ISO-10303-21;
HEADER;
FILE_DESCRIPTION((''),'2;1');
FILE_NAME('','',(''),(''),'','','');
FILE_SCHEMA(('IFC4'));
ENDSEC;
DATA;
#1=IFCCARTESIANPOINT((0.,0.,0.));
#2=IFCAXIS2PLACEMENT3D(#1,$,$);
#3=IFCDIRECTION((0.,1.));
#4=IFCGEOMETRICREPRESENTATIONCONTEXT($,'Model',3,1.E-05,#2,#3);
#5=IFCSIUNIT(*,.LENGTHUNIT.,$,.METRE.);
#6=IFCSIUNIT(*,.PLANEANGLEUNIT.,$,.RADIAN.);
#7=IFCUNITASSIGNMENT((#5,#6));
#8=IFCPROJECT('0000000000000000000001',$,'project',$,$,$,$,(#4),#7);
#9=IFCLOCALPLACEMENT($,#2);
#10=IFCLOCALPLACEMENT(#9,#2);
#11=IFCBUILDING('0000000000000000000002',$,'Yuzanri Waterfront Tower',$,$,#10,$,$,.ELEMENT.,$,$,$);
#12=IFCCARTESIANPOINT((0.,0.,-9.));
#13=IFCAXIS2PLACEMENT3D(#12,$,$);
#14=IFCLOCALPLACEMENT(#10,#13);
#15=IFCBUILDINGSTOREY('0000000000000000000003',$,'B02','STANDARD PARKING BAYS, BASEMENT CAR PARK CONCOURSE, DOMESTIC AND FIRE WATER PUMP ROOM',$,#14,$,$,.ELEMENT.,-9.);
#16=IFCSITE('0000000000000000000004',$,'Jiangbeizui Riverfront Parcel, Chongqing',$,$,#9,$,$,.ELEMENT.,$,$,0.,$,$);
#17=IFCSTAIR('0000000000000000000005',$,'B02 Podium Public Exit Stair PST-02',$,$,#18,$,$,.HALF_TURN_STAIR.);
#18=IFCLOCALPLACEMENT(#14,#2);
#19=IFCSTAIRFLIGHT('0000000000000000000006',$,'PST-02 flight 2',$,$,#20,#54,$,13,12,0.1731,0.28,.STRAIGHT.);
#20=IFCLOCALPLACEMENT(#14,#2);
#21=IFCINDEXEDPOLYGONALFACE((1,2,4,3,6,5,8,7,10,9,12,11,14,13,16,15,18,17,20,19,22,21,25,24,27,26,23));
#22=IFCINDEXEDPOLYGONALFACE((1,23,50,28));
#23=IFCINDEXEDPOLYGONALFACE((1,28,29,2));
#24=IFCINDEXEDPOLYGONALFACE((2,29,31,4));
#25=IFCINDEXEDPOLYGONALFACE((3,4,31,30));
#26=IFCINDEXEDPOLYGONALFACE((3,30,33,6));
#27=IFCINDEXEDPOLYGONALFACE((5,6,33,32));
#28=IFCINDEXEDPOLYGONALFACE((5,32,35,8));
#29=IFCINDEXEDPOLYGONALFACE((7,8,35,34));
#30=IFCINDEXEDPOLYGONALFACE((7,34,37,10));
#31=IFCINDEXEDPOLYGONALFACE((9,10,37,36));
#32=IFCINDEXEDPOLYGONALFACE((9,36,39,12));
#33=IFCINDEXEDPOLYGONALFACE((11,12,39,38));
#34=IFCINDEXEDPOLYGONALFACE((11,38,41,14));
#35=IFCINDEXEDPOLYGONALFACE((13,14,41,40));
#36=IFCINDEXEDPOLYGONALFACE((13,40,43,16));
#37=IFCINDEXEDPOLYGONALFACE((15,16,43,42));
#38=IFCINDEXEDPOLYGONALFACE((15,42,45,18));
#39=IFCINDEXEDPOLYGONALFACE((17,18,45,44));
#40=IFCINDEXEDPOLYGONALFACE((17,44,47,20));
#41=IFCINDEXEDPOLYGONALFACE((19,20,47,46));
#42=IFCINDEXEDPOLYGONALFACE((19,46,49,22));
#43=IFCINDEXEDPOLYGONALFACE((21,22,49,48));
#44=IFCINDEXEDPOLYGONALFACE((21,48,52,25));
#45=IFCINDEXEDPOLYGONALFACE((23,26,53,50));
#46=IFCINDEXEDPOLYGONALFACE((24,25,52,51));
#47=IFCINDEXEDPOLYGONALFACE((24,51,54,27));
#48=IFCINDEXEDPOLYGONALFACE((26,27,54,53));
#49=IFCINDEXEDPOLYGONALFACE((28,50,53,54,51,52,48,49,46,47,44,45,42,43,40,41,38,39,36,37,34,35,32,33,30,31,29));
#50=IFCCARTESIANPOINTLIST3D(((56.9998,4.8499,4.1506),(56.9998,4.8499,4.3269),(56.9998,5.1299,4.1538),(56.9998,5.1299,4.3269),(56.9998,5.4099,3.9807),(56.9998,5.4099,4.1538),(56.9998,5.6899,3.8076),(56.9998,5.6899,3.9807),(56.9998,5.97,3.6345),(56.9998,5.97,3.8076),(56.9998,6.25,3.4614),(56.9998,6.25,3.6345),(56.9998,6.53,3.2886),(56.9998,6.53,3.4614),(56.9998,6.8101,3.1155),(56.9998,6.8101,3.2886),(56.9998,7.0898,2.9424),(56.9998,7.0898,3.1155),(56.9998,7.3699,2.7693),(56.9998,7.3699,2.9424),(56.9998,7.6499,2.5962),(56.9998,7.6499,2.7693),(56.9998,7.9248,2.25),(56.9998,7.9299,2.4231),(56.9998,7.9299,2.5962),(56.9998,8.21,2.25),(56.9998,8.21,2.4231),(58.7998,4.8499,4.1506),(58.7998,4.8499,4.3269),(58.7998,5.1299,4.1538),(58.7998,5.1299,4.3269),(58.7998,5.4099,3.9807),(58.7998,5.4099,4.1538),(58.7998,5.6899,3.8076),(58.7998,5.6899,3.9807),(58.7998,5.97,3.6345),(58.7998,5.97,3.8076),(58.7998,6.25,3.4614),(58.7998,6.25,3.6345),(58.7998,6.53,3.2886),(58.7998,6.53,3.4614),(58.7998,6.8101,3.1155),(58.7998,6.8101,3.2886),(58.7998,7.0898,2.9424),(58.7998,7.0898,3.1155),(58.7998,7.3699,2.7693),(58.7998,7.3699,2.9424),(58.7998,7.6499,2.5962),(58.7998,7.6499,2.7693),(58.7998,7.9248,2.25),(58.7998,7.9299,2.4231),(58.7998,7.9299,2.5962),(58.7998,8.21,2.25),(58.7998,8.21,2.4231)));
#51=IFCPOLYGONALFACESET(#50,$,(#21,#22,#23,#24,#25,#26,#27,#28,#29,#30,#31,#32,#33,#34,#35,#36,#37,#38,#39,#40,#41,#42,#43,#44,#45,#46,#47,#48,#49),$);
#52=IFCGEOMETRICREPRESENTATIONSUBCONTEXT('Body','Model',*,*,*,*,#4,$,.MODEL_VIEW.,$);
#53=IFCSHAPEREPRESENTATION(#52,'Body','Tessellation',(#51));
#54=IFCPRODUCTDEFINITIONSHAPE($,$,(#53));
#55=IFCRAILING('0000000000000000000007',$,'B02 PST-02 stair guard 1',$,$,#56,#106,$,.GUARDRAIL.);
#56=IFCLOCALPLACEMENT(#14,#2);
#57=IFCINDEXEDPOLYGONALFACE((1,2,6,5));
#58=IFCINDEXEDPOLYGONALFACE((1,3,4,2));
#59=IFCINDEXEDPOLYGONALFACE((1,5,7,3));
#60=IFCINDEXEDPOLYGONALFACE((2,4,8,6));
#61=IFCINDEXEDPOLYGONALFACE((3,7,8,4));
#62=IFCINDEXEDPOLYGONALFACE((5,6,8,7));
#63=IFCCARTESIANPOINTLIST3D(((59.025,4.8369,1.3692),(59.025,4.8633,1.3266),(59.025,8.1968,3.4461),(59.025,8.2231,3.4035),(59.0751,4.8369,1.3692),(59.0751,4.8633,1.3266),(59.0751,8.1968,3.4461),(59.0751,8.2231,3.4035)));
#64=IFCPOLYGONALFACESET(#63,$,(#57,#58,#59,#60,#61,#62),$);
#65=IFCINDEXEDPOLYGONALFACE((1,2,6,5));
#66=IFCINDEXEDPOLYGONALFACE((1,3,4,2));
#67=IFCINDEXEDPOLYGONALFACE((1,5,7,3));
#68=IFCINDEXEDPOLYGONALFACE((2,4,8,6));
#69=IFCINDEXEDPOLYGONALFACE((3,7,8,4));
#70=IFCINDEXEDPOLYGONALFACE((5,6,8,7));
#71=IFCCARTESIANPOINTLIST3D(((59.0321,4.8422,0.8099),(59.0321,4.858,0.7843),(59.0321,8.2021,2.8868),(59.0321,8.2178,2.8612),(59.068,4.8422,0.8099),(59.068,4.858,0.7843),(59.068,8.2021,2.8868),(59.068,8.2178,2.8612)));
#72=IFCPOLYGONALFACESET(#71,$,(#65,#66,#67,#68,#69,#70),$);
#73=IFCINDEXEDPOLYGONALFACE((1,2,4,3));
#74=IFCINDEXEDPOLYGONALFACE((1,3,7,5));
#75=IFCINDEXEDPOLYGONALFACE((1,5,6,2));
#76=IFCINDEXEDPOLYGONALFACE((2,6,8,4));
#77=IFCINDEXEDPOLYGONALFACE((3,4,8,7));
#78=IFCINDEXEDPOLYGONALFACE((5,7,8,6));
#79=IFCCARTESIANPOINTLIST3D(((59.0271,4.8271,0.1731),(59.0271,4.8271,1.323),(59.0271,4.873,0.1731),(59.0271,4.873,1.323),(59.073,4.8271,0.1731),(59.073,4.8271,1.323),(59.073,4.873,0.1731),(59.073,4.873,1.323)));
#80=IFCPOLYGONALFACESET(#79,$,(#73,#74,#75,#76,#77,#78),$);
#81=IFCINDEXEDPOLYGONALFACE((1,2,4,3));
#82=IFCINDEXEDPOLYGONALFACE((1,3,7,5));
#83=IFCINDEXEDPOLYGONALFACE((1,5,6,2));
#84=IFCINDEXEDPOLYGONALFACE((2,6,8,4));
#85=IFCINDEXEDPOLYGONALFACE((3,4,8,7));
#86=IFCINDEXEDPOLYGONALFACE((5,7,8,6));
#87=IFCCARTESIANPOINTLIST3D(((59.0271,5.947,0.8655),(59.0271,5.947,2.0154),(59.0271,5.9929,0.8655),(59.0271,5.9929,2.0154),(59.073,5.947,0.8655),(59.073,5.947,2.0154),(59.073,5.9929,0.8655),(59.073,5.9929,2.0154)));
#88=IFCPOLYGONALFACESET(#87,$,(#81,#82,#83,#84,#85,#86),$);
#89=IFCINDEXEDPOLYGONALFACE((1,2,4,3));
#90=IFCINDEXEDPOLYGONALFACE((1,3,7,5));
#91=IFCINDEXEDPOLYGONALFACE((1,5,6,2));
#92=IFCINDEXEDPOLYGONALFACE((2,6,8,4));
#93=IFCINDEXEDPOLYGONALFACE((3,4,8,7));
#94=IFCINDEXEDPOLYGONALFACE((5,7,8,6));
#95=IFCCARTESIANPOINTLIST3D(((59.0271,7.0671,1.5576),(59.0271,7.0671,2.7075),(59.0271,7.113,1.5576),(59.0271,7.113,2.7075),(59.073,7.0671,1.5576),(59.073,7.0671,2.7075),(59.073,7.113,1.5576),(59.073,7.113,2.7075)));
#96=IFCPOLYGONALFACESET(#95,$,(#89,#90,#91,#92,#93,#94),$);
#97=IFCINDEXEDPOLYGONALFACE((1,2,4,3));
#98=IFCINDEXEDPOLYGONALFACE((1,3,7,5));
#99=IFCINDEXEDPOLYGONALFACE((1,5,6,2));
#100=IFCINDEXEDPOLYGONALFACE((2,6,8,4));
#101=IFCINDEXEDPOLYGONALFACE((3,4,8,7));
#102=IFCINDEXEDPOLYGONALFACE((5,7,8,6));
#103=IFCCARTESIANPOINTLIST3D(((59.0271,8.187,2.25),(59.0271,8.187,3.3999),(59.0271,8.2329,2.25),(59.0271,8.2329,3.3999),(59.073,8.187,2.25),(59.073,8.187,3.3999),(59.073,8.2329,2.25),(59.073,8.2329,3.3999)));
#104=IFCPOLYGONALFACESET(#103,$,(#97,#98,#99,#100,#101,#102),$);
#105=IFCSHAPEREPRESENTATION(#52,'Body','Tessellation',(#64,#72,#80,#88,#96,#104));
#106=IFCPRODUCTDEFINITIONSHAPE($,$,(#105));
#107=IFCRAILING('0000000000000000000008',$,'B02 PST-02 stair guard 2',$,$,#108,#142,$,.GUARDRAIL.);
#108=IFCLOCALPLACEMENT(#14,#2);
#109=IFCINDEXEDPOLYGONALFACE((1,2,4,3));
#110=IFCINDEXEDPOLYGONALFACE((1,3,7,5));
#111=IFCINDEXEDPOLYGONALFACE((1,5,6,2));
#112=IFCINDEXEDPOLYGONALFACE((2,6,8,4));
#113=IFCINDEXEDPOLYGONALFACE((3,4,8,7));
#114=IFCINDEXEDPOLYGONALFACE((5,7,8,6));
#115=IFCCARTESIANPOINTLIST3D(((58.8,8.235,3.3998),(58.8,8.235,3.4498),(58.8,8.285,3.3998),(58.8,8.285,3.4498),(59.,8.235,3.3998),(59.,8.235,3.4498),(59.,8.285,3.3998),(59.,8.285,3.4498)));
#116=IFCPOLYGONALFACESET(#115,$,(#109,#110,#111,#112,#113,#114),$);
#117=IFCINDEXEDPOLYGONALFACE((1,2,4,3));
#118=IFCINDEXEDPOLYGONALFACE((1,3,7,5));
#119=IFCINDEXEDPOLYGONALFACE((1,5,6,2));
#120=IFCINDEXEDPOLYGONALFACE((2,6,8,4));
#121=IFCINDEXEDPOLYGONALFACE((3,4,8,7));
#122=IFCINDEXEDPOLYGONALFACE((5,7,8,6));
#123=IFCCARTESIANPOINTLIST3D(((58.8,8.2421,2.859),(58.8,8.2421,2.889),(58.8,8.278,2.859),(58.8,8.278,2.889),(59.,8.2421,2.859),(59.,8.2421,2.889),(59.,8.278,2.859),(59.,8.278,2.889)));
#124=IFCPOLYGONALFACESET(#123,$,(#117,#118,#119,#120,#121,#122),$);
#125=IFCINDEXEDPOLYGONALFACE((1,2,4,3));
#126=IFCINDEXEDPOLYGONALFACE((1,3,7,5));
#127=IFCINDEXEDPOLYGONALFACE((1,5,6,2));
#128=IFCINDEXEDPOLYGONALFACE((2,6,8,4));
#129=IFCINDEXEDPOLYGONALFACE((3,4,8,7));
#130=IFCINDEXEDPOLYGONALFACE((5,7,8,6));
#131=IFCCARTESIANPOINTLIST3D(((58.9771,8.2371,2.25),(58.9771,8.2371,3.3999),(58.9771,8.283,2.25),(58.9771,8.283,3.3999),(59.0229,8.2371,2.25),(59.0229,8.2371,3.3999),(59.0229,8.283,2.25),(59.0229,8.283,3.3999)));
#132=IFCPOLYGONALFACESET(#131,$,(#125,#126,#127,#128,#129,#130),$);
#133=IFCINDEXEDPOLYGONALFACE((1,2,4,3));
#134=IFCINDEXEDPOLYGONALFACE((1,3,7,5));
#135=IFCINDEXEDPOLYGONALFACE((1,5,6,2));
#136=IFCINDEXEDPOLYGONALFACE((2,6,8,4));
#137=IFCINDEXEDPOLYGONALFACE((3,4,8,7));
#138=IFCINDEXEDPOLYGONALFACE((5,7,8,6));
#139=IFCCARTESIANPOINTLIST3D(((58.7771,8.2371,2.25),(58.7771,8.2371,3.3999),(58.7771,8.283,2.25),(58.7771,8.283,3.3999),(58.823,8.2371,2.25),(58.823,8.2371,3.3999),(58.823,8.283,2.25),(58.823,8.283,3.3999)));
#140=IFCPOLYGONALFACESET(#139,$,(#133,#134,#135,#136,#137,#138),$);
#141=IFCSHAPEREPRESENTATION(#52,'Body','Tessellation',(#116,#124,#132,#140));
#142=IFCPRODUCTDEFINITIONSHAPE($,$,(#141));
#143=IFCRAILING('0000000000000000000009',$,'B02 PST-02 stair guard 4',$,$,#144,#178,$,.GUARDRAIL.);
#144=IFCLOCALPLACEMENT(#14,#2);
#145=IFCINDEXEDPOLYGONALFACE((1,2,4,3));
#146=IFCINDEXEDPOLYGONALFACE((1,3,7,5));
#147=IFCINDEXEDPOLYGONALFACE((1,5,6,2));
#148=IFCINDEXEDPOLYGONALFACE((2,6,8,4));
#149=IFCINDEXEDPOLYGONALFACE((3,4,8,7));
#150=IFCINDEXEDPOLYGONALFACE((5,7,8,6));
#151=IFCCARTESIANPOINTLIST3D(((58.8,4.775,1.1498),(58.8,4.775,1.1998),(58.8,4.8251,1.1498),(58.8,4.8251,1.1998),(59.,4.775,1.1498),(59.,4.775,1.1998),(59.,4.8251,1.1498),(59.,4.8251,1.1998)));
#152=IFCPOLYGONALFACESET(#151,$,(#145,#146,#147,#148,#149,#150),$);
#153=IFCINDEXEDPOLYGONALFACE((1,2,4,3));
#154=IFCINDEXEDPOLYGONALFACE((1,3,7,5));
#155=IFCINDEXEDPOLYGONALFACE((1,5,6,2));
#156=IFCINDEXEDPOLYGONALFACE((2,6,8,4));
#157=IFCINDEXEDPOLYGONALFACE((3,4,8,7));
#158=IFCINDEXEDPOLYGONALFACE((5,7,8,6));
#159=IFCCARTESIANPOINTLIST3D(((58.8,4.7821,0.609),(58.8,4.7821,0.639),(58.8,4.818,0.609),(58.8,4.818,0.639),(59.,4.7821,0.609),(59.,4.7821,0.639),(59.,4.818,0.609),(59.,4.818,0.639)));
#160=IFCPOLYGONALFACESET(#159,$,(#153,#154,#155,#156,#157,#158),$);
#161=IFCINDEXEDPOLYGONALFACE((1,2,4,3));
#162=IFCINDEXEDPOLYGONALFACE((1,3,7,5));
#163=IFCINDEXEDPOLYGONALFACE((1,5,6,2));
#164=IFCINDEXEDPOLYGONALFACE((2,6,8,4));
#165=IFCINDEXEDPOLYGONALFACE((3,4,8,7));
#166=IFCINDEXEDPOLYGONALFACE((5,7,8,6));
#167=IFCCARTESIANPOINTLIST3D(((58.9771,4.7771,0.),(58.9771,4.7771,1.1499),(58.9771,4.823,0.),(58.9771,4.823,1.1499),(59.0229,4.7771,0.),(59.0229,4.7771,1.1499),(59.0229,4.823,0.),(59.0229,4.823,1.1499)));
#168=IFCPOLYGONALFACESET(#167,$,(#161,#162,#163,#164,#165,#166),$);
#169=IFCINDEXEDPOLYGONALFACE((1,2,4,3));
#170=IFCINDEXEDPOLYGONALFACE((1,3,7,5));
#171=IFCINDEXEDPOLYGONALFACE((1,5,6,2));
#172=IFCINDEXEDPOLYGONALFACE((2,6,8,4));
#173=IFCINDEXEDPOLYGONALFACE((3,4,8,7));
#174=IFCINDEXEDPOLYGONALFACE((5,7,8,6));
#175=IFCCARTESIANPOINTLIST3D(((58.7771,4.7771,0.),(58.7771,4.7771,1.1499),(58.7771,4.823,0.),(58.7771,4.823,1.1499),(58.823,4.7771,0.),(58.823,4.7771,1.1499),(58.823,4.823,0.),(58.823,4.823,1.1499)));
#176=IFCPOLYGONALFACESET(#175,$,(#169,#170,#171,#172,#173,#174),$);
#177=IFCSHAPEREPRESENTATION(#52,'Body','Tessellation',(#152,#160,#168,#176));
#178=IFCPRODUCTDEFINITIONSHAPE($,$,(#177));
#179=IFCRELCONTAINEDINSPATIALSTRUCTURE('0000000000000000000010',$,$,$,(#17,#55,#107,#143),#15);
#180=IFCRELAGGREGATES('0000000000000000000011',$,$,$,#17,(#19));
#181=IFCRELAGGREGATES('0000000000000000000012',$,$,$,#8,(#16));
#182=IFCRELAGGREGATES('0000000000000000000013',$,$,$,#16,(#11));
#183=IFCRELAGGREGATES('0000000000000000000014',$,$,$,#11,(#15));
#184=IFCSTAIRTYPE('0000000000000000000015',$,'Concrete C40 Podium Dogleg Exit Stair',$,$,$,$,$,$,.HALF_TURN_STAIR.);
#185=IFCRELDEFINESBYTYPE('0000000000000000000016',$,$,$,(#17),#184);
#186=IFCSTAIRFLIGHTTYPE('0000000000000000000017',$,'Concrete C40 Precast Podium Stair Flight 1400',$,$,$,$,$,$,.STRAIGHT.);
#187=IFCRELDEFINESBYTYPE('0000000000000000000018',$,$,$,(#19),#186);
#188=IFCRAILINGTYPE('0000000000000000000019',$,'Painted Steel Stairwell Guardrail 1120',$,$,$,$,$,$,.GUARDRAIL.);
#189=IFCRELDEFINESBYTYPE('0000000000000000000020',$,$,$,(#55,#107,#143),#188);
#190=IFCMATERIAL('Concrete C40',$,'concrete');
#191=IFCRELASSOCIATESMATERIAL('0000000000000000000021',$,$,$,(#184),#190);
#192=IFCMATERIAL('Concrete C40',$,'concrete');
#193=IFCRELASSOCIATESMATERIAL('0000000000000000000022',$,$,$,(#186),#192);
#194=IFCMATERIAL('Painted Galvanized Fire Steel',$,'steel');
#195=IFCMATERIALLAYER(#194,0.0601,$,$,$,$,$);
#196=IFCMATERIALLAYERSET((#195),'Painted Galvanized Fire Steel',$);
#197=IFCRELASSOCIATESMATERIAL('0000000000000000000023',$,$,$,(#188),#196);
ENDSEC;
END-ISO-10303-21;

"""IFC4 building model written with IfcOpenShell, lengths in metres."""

from ifc_helpers import new_model, si_unit, direction, frame, origin, origin_2d, place, context, subcontext, project, spatial, polyline, rectangle, outline, extrude, source, transform, mapped, material, layer, layer_set, type_object, element, aggregate, save


model = new_model("IFC4")

# Units and contexts
model_context = context("Model", 3, precision=1e-05, world=origin(), true_north=direction((0.0, 1.0)))
body_context = subcontext(model_context, "Body", "Model", "MODEL_VIEW")
ifc_project = project(units=[si_unit("LENGTHUNIT", "METRE"), si_unit("PLANEANGLEUNIT", "RADIAN")], contexts=[model_context])

# Site, building, storey
site_placement = place(None, origin())
site = spatial("IfcSite", under=ifc_project, at=site_placement, Name="Jiangbeizui Riverfront Parcel, Chongqing", CompositionType="ELEMENT", RefElevation=0.0)
building_placement = place(site_placement, origin())
building = spatial("IfcBuilding", under=site, at=building_placement, Name="Yuzanri Waterfront Tower", CompositionType="ELEMENT")
storey_placement = place(building_placement, frame((0.0, 0.0, -9.0)))
storey = spatial("IfcBuildingStorey", under=building, at=storey_placement, Name="B02", Description="STANDARD PARKING BAYS, BASEMENT CAR PARK CONCOURSE, DOMESTIC AND FIRE WATER PUMP ROOM", CompositionType="ELEMENT", Elevation=-9.0)

# Stair, stair flight
ifc_material_1 = material(Name="Concrete C40", Category="concrete")
stair_type = type_object("IfcStairType", Name="Concrete C40 Podium Dogleg Exit Stair", PredefinedType="HALF_TURN_STAIR", material=ifc_material_1)
stair_placement = place(storey_placement, origin())
stair = element("IfcStair", 1, at=stair_placement, inside=storey, type_object=stair_type, Name="B02 Podium Public Exit Stair PST-02", PredefinedType="HALF_TURN_STAIR")
ifc_material_2 = material(Name="Concrete C40", Category="concrete")
stair_flight_type = type_object("IfcStairFlightType", Name="Concrete C40 Precast Podium Stair Flight 1400", PredefinedType="STRAIGHT", material=ifc_material_2)
shared_shape_1 = source(origin(), body_context, "Body", "SweptSolid", [
    extrude(outline(polyline([(0.0, 0.0), (0.0, 0.1731), (0.28, 0.1731), (0.28, 0.3462), (0.5601, 0.3462), (0.5601, 0.5193), (0.8401, 0.5193), (0.8401, 0.6924), (1.1201, 0.6924), (1.1201, 0.8655), (1.3999, 0.8655), (1.3999, 1.0386), (1.6799, 1.0386), (1.6799, 1.2114), (1.96, 1.2114), (1.96, 1.3845), (2.24, 1.3845), (2.24, 1.5576), (2.52, 1.5576), (2.52, 1.7307), (2.8, 1.7307), (2.8, 1.9038), (3.0801, 1.9038), (3.0801, 2.0769), (3.3601, 2.0769), (3.3601, 2.25), (3.3601, 1.9006), (0.2852, 0.0), (0.0, 0.0)])), frame((0.0, 0.8999, 0.0), z_axis=(0.0, -1.0, 0.0), x_axis=(1.0, 0.0, 0.0)), (0.0, 0.0, 1.0), 1.8),
])
stair_flight_placement = place(storey_placement, frame((57.8999, 8.21, 2.25), z_axis=(0.0, 0.0, 1.0), x_axis=(0.0, -1.0, 0.0)))
stair_flight = element("IfcStairFlight", 2, at=stair_flight_placement, type_object=stair_flight_type, Name="PST-02 flight 2", NumberOfRisers=13, NumberOfTreads=12, PredefinedType="STRAIGHT", RiserHeight=0.1731, TreadLength=0.28, context=body_context, shape_type="MappedRepresentation", body=[
    mapped(shared_shape_1, transform((0.0, 0.0, 0.0), scale=1.0)),
])
aggregate(stair, [stair_flight])

# Railings
ifc_material_3 = material(Name="Painted Galvanized Fire Steel", Category="steel")
ifc_layer_1 = layer(ifc_material_3, 0.0601)
ifc_layer_set_1 = layer_set([ifc_layer_1], Name="Painted Galvanized Fire Steel")
railing_type_1 = type_object("IfcRailingType", Name="Painted Steel Stairwell Guardrail 1120", PredefinedType="GUARDRAIL", material=ifc_layer_set_1)
shared_shape_2 = source(origin(), body_context, "Body", "SweptSolid", [
    extrude(rectangle(XDim=0.05, YDim=0.05, at=origin_2d()), frame((0.0, 0.0, 1.1748), z_axis=(0.0, 0.850606, 0.525803), x_axis=(-1.0, 0.0, 0.0)), (0.0, 0.0, 1.0), 3.95),
    extrude(rectangle(XDim=0.0359, YDim=0.03, at=origin_2d()), frame((0.0, 0.0, 0.624), z_axis=(0.0, 0.850606, 0.525803), x_axis=(-1.0, 0.0, 0.0)), (0.0, 0.0, 1.0), 3.95),
    extrude(rectangle(XDim=0.0459, YDim=0.0459, at=origin_2d()), origin(), (0.0, 0.0, 1.0), 1.1499),
    extrude(rectangle(XDim=0.0459, YDim=0.0459, at=origin_2d()), frame((0.0, 1.1199, 0.6924)), (0.0, 0.0, 1.0), 1.1499),
    extrude(rectangle(XDim=0.0459, YDim=0.0459, at=origin_2d()), frame((0.0, 2.24, 1.3845)), (0.0, 0.0, 1.0), 1.1499),
    extrude(rectangle(XDim=0.0459, YDim=0.0459, at=origin_2d()), frame((0.0, 3.3599, 2.0769)), (0.0, 0.0, 1.0), 1.1499),
])
railing_1_placement = place(storey_placement, frame((59.05, 4.8501, 0.1731)))
element("IfcRailing", 3, at=railing_1_placement, inside=storey, type_object=railing_type_1, Name="B02 PST-02 stair guard 1", PredefinedType="GUARDRAIL", context=body_context, shape_type="MappedRepresentation", body=[
    mapped(shared_shape_2, transform((0.0, 0.0, 0.0), scale=1.0)),
])
shared_shape_3 = source(origin(), body_context, "Body", "SweptSolid", [
    extrude(rectangle(XDim=0.05, YDim=0.05, at=origin_2d()), frame((0.0, 0.0, 1.1748), z_axis=(-1.0, 0.0, 0.0), x_axis=(0.0, -1.0, 0.0)), (0.0, 0.0, 1.0), 0.2),
    extrude(rectangle(XDim=0.0359, YDim=0.03, at=origin_2d()), frame((0.0, 0.0, 0.624), z_axis=(-1.0, 0.0, 0.0), x_axis=(0.0, -1.0, 0.0)), (0.0, 0.0, 1.0), 0.2),
    extrude(rectangle(XDim=0.0459, YDim=0.0459, at=origin_2d()), origin(), (0.0, 0.0, 1.0), 1.1499),
    extrude(rectangle(XDim=0.0459, YDim=0.0459, at=origin_2d()), frame((-0.2, 0.0, 0.0)), (0.0, 0.0, 1.0), 1.1499),
])
for number, where, name in (
    (4, (59.0, 8.26, 2.25), "B02 PST-02 stair guard 2"),
    (5, (59.0, 4.8, 0.0), "B02 PST-02 stair guard 4"),
):
    element("IfcRailing", number, at=place(storey_placement, frame(where)), inside=storey, type_object=railing_type_1, Name=name, PredefinedType="GUARDRAIL", context=body_context, shape_type="MappedRepresentation", body=[
        mapped(shared_shape_3, transform((0.0, 0.0, 0.0), scale=1.0)),
    ])

save(model, "model.ifc")
